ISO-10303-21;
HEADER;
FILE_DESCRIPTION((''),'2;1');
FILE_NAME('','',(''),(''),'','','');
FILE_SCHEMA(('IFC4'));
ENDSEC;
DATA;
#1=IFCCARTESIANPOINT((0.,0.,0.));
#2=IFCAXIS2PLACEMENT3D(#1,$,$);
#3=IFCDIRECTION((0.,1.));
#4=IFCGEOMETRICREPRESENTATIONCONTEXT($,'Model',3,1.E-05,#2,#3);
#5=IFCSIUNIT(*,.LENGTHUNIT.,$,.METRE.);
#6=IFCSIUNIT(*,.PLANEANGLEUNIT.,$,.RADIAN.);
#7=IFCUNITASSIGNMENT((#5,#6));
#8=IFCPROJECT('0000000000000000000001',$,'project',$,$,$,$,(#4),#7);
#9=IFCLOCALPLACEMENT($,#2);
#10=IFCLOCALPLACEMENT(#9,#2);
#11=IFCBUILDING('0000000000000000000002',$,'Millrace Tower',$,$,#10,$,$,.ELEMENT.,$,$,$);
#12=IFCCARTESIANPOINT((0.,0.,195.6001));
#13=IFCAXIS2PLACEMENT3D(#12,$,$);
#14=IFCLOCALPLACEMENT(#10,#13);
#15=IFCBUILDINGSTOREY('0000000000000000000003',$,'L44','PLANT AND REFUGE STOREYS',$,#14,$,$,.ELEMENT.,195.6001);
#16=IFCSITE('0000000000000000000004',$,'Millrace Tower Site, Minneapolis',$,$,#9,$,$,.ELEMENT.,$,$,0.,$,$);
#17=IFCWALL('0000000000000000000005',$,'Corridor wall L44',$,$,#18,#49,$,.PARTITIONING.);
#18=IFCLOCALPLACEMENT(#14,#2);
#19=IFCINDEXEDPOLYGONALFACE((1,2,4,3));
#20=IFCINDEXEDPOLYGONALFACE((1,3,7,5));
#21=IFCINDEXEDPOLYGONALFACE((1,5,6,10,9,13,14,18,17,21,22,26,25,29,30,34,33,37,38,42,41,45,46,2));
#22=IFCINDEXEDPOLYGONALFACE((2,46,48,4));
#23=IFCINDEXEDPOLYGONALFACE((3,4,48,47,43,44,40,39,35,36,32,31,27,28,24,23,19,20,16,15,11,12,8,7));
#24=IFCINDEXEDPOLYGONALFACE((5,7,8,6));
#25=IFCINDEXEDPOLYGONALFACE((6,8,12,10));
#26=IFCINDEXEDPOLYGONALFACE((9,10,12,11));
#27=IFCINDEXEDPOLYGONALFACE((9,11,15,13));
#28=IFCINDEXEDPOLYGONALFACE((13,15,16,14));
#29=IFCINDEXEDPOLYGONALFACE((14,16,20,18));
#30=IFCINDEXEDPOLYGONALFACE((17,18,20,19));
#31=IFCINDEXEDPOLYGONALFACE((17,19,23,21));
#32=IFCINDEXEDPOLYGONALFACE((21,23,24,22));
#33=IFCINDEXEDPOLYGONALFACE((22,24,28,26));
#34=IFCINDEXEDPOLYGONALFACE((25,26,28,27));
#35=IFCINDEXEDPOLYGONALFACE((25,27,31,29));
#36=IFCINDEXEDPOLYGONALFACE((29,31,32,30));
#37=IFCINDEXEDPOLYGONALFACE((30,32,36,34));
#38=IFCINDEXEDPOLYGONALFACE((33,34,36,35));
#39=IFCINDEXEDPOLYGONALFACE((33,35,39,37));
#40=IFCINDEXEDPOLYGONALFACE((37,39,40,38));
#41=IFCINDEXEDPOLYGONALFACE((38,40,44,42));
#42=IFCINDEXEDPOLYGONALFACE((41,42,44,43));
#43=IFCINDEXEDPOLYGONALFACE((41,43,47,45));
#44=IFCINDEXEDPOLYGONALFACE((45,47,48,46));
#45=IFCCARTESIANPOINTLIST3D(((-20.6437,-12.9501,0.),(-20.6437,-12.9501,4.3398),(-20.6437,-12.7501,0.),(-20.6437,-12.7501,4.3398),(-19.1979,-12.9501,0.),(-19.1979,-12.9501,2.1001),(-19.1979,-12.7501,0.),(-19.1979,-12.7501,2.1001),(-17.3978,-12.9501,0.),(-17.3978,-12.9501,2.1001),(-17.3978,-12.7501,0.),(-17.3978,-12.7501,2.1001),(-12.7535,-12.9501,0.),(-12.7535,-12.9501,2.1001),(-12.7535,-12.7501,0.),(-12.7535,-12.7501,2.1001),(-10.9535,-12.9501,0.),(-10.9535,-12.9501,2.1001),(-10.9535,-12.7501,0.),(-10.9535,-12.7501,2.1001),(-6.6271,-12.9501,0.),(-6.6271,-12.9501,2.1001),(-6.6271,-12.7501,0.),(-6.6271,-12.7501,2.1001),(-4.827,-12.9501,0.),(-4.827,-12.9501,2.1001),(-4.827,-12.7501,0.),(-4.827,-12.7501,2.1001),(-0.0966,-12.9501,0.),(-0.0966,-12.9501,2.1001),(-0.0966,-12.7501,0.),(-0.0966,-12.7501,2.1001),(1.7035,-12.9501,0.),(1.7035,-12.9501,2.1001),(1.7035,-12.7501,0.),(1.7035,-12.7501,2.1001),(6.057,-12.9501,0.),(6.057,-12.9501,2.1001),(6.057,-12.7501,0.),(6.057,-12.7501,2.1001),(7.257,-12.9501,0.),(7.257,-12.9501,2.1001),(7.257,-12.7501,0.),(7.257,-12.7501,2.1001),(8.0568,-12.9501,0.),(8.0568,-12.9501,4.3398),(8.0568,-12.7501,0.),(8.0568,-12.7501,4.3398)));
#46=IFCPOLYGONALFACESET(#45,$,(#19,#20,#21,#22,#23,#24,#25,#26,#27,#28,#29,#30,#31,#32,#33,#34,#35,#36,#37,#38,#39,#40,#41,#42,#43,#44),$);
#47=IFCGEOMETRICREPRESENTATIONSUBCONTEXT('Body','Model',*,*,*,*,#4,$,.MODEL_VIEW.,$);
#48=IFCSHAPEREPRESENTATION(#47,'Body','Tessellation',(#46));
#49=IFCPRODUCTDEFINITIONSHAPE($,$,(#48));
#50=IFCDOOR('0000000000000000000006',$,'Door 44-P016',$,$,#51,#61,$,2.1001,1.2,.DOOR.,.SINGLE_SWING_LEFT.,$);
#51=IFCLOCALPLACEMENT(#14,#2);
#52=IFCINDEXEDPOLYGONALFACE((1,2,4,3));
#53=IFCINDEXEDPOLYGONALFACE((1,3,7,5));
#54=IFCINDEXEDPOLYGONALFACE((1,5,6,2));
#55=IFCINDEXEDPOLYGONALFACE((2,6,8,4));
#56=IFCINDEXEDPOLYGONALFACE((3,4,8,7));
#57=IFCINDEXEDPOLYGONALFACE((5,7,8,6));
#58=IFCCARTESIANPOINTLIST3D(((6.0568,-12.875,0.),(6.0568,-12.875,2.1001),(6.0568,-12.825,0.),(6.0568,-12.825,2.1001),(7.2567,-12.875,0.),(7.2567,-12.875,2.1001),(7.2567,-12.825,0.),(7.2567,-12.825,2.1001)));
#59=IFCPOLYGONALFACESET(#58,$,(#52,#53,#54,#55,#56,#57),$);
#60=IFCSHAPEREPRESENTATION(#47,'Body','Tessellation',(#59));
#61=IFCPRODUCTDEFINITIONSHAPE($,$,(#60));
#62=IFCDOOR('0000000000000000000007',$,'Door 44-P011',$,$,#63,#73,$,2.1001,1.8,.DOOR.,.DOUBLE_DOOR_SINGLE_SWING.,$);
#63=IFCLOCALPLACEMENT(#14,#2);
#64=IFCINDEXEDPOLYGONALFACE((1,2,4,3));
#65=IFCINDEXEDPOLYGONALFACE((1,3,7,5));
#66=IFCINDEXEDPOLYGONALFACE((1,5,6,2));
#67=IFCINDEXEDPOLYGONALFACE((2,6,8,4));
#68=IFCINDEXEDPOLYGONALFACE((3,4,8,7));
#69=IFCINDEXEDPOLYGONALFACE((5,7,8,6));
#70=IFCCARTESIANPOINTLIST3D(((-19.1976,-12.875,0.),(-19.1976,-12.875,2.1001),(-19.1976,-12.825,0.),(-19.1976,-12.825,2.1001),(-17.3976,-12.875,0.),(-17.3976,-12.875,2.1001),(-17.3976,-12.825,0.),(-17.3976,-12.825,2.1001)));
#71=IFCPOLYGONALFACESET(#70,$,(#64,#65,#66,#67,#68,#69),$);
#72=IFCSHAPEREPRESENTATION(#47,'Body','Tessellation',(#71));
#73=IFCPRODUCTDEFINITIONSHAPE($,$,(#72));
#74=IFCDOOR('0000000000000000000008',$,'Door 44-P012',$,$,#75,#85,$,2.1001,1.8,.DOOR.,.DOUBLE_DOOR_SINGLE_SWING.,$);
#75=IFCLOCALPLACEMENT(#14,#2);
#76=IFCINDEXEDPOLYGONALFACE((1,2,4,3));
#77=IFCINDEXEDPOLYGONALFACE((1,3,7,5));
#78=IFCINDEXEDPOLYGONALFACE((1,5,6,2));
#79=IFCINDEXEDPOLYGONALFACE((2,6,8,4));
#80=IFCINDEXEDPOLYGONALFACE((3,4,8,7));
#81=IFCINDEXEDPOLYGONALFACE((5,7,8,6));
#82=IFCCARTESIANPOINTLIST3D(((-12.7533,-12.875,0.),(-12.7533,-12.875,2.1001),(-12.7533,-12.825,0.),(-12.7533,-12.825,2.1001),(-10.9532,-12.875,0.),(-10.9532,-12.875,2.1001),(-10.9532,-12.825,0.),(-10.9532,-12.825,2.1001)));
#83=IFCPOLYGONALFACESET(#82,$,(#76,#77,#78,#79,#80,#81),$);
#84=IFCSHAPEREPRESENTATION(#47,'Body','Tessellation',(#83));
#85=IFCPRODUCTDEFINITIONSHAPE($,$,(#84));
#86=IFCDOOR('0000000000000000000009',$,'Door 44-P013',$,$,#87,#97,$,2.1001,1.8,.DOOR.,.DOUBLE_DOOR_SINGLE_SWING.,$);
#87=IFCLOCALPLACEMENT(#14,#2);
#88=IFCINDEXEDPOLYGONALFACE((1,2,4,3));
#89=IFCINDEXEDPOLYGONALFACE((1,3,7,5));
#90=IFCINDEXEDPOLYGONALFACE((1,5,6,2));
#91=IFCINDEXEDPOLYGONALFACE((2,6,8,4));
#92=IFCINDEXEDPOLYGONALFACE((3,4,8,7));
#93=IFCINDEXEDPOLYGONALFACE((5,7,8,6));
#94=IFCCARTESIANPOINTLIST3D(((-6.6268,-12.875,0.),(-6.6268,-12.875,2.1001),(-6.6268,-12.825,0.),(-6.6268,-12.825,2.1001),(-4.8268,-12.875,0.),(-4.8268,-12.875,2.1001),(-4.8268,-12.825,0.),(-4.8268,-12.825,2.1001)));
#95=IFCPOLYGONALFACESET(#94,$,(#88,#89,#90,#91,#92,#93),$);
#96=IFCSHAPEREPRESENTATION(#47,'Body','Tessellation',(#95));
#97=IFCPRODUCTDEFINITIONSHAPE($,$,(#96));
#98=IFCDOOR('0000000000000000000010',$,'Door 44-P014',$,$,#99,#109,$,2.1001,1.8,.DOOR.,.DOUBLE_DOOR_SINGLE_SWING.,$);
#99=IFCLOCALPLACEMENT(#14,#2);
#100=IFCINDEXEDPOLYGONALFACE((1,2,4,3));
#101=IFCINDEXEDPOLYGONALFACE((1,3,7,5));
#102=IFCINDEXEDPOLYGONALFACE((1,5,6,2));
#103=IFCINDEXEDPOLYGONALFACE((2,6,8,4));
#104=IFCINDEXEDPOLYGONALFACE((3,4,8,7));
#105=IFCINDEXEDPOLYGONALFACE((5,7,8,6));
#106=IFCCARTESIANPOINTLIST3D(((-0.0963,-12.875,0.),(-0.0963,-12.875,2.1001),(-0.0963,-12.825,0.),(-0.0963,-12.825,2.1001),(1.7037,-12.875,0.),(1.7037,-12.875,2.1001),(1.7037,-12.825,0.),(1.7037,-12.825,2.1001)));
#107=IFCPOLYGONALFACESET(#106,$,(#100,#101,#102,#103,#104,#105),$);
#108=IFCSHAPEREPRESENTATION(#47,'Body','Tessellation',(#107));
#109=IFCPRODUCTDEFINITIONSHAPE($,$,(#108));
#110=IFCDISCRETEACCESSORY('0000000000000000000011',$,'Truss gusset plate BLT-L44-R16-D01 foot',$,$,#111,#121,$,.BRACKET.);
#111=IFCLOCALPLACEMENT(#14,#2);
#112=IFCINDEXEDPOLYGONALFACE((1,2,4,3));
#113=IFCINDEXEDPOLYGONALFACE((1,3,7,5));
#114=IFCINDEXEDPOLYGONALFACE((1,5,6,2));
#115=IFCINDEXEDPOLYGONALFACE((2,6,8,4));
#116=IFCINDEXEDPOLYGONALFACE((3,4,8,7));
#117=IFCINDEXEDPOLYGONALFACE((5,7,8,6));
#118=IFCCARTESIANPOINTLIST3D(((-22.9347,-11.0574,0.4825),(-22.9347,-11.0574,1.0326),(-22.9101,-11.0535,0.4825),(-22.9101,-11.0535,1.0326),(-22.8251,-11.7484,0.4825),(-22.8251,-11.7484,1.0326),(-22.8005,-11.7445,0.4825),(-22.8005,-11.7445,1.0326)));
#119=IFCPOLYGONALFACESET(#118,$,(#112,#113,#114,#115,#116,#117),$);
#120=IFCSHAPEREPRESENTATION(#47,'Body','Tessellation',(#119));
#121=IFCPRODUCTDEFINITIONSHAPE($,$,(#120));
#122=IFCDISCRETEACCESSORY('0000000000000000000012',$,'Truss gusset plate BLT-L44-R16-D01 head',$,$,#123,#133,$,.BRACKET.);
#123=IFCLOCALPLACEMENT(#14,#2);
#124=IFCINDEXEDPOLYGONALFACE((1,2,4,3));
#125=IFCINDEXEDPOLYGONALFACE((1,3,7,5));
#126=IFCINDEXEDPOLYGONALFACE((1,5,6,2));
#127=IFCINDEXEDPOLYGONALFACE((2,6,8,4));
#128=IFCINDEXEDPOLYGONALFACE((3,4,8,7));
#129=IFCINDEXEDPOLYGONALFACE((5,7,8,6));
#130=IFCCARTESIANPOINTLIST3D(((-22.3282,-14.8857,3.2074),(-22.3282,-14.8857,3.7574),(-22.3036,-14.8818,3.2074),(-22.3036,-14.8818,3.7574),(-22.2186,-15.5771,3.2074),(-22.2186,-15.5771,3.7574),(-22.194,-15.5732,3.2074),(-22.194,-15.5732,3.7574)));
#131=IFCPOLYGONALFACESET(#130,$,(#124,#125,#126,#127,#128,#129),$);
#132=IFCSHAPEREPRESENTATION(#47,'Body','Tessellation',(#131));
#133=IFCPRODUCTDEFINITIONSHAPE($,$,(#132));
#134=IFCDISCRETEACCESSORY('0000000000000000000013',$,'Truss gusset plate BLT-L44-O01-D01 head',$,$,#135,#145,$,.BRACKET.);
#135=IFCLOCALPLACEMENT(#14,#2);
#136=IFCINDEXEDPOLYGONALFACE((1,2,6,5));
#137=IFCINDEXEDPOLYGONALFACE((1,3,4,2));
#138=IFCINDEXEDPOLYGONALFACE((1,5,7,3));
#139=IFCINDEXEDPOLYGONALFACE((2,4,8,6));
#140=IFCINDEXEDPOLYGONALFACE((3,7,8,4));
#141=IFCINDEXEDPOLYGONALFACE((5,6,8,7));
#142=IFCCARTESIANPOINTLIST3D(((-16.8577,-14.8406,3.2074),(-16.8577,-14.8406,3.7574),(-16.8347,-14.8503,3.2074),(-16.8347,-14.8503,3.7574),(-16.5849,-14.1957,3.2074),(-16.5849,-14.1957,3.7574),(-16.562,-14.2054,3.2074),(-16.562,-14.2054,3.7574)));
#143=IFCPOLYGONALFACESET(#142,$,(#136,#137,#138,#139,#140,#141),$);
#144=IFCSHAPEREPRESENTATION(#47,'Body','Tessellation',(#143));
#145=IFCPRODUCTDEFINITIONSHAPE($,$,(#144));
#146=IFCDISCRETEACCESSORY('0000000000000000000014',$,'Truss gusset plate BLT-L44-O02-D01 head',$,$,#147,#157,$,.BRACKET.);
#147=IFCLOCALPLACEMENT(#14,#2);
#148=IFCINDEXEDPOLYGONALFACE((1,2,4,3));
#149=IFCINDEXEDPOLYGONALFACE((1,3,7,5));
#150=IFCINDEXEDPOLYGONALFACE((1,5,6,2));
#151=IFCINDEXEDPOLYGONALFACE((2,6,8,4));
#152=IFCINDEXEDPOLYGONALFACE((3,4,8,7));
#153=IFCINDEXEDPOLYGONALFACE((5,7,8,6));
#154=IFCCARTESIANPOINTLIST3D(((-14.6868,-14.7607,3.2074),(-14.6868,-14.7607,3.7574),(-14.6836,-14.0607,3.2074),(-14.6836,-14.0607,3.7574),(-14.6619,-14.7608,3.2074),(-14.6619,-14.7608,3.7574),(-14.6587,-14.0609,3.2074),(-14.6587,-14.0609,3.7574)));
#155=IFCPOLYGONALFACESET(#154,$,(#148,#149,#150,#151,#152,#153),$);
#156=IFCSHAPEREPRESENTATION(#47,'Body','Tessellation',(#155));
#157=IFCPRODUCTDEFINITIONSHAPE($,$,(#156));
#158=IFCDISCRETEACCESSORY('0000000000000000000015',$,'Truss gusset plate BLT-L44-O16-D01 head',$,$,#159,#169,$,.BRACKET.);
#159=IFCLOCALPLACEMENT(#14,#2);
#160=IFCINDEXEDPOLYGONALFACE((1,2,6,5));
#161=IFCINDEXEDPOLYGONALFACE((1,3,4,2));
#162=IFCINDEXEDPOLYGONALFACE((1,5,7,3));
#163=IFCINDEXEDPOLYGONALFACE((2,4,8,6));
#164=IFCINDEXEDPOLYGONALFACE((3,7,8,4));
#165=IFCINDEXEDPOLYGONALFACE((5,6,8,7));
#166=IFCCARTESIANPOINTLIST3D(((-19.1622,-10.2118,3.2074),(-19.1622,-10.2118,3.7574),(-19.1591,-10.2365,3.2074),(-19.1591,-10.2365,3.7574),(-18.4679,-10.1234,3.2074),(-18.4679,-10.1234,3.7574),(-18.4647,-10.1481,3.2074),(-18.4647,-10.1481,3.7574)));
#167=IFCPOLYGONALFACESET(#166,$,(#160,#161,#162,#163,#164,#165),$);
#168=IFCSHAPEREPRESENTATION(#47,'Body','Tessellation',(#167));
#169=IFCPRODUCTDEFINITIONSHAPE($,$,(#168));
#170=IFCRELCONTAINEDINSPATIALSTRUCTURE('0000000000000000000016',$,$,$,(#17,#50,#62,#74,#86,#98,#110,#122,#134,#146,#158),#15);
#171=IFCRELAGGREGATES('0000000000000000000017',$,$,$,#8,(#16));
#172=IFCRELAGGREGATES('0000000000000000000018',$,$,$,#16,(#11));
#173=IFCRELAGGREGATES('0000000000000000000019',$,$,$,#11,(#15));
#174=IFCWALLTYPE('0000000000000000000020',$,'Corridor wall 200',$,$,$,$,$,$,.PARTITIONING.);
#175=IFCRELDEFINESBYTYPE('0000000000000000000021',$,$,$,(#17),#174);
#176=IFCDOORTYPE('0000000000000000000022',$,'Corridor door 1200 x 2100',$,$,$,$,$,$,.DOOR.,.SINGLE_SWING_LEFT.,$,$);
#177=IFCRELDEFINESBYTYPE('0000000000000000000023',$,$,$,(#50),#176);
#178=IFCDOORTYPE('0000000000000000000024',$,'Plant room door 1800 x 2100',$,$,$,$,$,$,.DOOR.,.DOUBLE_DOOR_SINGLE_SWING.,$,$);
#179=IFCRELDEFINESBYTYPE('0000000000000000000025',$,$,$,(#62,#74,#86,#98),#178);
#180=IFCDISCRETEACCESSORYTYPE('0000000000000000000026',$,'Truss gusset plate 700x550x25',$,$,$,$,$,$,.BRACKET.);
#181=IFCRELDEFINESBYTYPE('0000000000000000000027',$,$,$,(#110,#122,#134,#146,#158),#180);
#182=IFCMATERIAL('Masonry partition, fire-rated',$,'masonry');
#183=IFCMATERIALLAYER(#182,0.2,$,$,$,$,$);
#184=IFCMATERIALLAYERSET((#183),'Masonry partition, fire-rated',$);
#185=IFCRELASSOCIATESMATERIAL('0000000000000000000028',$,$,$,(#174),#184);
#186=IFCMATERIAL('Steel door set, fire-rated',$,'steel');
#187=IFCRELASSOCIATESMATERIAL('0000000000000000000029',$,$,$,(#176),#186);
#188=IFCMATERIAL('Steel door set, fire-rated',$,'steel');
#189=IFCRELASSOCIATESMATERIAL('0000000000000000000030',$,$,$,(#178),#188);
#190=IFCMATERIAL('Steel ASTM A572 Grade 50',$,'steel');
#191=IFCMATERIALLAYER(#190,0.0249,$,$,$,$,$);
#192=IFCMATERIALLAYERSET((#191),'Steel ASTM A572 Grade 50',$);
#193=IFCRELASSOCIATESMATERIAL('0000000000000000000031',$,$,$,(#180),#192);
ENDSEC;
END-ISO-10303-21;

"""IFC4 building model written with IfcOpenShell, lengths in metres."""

from ifc_helpers import new_model, si_unit, direction, frame, frame_2d, origin, origin_2d, place, context, subcontext, project, spatial, rectangle, extrude, material, layer, layer_set, type_object, element, fill, save


model = new_model("IFC4")

# Units and contexts
model_context = context("Model", 3, precision=1e-05, world=origin(), true_north=direction((0.0, 1.0)))
body_context = subcontext(model_context, "Body", "Model", "MODEL_VIEW")
ifc_project = project(units=[si_unit("LENGTHUNIT", "METRE"), si_unit("PLANEANGLEUNIT", "RADIAN")], contexts=[model_context])

# Site, building, storey
site_placement = place(None, origin())
site = spatial("IfcSite", under=ifc_project, at=site_placement, Name="Millrace Tower Site, Minneapolis", CompositionType="ELEMENT", RefElevation=0.0)
building_placement = place(site_placement, origin())
building = spatial("IfcBuilding", under=site, at=building_placement, Name="Millrace Tower", CompositionType="ELEMENT")
storey_placement = place(building_placement, frame((0.0, 0.0, 195.6001)))
storey = spatial("IfcBuildingStorey", under=building, at=storey_placement, Name="L44", Description="PLANT AND REFUGE STOREYS", CompositionType="ELEMENT", Elevation=195.6001)

# Wall, openings, doors
ifc_material_1 = material(Name="Masonry partition, fire-rated", Category="masonry")
ifc_layer_1 = layer(ifc_material_1, 0.2)
ifc_layer_set_1 = layer_set([ifc_layer_1], Name="Masonry partition, fire-rated")
wall_type = type_object("IfcWallType", Name="Corridor wall 200", PredefinedType="PARTITIONING", material=ifc_layer_set_1)
wall_placement = place(storey_placement, frame((-20.6436, -12.8501, 0.0), z_axis=(0.0, 0.0, 1.0), x_axis=(1.0, 0.0, 0.0)))
wall = element("IfcWall", 1, at=wall_placement, inside=storey, type_object=wall_type, Name="Corridor wall L44", PredefinedType="PARTITIONING", context=body_context, shape_type="SweptSolid", body=[
    extrude(rectangle(XDim=28.7004, YDim=0.2, at=frame_2d((14.3501, 0.0))), origin(), (0.0, 0.0, 1.0), 4.3398),
])
opening_1_placement = place(wall_placement, frame((1.4458, 0.0, 0.0)))
opening_1 = element("IfcOpeningElement", 2, at=opening_1_placement, cuts=wall, PredefinedType="OPENING", context=body_context, shape_type="SweptSolid", body=[
    extrude(rectangle(XDim=1.8, YDim=2.1001, at=frame_2d((0.8999, 1.05))), frame((0.0, 0.1099, 0.0), z_axis=(0.0, -1.0, 0.0), x_axis=(1.0, 0.0, 0.0)), (0.0, 0.0, 1.0), 0.22),
])
opening_2_placement = place(wall_placement, frame((7.8901, 0.0, 0.0)))
opening_2 = element("IfcOpeningElement", 3, at=opening_2_placement, cuts=wall, PredefinedType="OPENING", context=body_context, shape_type="SweptSolid", body=[
    extrude(rectangle(XDim=1.8, YDim=2.1001, at=frame_2d((0.8999, 1.05))), frame((0.0, 0.1099, 0.0), z_axis=(0.0, -1.0, 0.0), x_axis=(1.0, 0.0, 0.0)), (0.0, 0.0, 1.0), 0.22),
])
opening_3_placement = place(wall_placement, frame((14.0166, 0.0, 0.0)))
opening_3 = element("IfcOpeningElement", 4, at=opening_3_placement, cuts=wall, PredefinedType="OPENING", context=body_context, shape_type="SweptSolid", body=[
    extrude(rectangle(XDim=1.8, YDim=2.1001, at=frame_2d((0.8999, 1.05))), frame((0.0, 0.1099, 0.0), z_axis=(0.0, -1.0, 0.0), x_axis=(1.0, 0.0, 0.0)), (0.0, 0.0, 1.0), 0.22),
])
opening_4_placement = place(wall_placement, frame((20.5471, 0.0, 0.0)))
opening_4 = element("IfcOpeningElement", 5, at=opening_4_placement, cuts=wall, PredefinedType="OPENING", context=body_context, shape_type="SweptSolid", body=[
    extrude(rectangle(XDim=1.8, YDim=2.1001, at=frame_2d((0.8999, 1.05))), frame((0.0, 0.1099, 0.0), z_axis=(0.0, -1.0, 0.0), x_axis=(1.0, 0.0, 0.0)), (0.0, 0.0, 1.0), 0.22),
])
opening_5_placement = place(wall_placement, frame((26.7004, 0.0, 0.0)))
opening_5 = element("IfcOpeningElement", 6, at=opening_5_placement, cuts=wall, PredefinedType="OPENING", context=body_context, shape_type="SweptSolid", body=[
    extrude(rectangle(XDim=1.2, YDim=2.1001, at=frame_2d((0.6001, 1.05))), frame((0.0, 0.1099, 0.0), z_axis=(0.0, -1.0, 0.0), x_axis=(1.0, 0.0, 0.0)), (0.0, 0.0, 1.0), 0.22),
])
ifc_material_2 = material(Name="Steel door set, fire-rated", Category="steel")
door_type_1 = type_object("IfcDoorType", Name="Corridor door 1200 x 2100", OperationType="SINGLE_SWING_LEFT", PredefinedType="DOOR", material=ifc_material_2)
door_1_placement = place(opening_5_placement, frame((1.2, 0.0, 0.0), z_axis=(0.0, 0.0, 1.0), x_axis=(-1.0, 0.0, 0.0)))
door_1 = element("IfcDoor", 7, at=door_1_placement, inside=storey, type_object=door_type_1, Name="Door 44-P016", OperationType="SINGLE_SWING_LEFT", OverallHeight=2.1001, OverallWidth=1.2, PredefinedType="DOOR", context=body_context, shape_type="SweptSolid", body=[
    extrude(rectangle(XDim=1.2, YDim=2.1001, at=frame_2d((0.6001, 1.05))), frame((0.0, 0.0249, 0.0), z_axis=(0.0, -1.0, 0.0), x_axis=(1.0, 0.0, 0.0)), (0.0, 0.0, 1.0), 0.05),
])
fill(opening_5, door_1)
ifc_material_3 = material(Name="Steel door set, fire-rated", Category="steel")
door_type_2 = type_object("IfcDoorType", Name="Plant room door 1800 x 2100", OperationType="DOUBLE_DOOR_SINGLE_SWING", PredefinedType="DOOR", material=ifc_material_3)
door_2_placement = place(opening_1_placement, frame((1.8, 0.0, 0.0), z_axis=(0.0, 0.0, 1.0), x_axis=(-1.0, 0.0, 0.0)))
door_2 = element("IfcDoor", 8, at=door_2_placement, inside=storey, type_object=door_type_2, Name="Door 44-P011", OperationType="DOUBLE_DOOR_SINGLE_SWING", OverallHeight=2.1001, OverallWidth=1.8, PredefinedType="DOOR", context=body_context, shape_type="SweptSolid", body=[
    extrude(rectangle(XDim=1.8, YDim=2.1001, at=frame_2d((0.8999, 1.05))), frame((0.0, 0.0249, 0.0), z_axis=(0.0, -1.0, 0.0), x_axis=(1.0, 0.0, 0.0)), (0.0, 0.0, 1.0), 0.05),
])
fill(opening_1, door_2)
door_3_placement = place(opening_2_placement, frame((1.8, 0.0, 0.0), z_axis=(0.0, 0.0, 1.0), x_axis=(-1.0, 0.0, 0.0)))
door_3 = element("IfcDoor", 9, at=door_3_placement, inside=storey, type_object=door_type_2, Name="Door 44-P012", OperationType="DOUBLE_DOOR_SINGLE_SWING", OverallHeight=2.1001, OverallWidth=1.8, PredefinedType="DOOR", context=body_context, shape_type="SweptSolid", body=[
    extrude(rectangle(XDim=1.8, YDim=2.1001, at=frame_2d((0.8999, 1.05))), frame((0.0, 0.0249, 0.0), z_axis=(0.0, -1.0, 0.0), x_axis=(1.0, 0.0, 0.0)), (0.0, 0.0, 1.0), 0.05),
])
fill(opening_2, door_3)
door_4_placement = place(opening_3_placement, frame((1.8, 0.0, 0.0), z_axis=(0.0, 0.0, 1.0), x_axis=(-1.0, 0.0, 0.0)))
door_4 = element("IfcDoor", 10, at=door_4_placement, inside=storey, type_object=door_type_2, Name="Door 44-P013", OperationType="DOUBLE_DOOR_SINGLE_SWING", OverallHeight=2.1001, OverallWidth=1.8, PredefinedType="DOOR", context=body_context, shape_type="SweptSolid", body=[
    extrude(rectangle(XDim=1.8, YDim=2.1001, at=frame_2d((0.8999, 1.05))), frame((0.0, 0.0249, 0.0), z_axis=(0.0, -1.0, 0.0), x_axis=(1.0, 0.0, 0.0)), (0.0, 0.0, 1.0), 0.05),
])
fill(opening_3, door_4)
door_5_placement = place(opening_4_placement, frame((1.8, 0.0, 0.0), z_axis=(0.0, 0.0, 1.0), x_axis=(-1.0, 0.0, 0.0)))
door_5 = element("IfcDoor", 11, at=door_5_placement, inside=storey, type_object=door_type_2, Name="Door 44-P014", OperationType="DOUBLE_DOOR_SINGLE_SWING", OverallHeight=2.1001, OverallWidth=1.8, PredefinedType="DOOR", context=body_context, shape_type="SweptSolid", body=[
    extrude(rectangle(XDim=1.8, YDim=2.1001, at=frame_2d((0.8999, 1.05))), frame((0.0, 0.0249, 0.0), z_axis=(0.0, -1.0, 0.0), x_axis=(1.0, 0.0, 0.0)), (0.0, 0.0, 1.0), 0.05),
])
fill(opening_4, door_5)

# Discrete accessories
ifc_material_4 = material(Name="Steel ASTM A572 Grade 50", Category="steel")
ifc_layer_2 = layer(ifc_material_4, 0.0249)
ifc_layer_set_2 = layer_set([ifc_layer_2], Name="Steel ASTM A572 Grade 50")
discrete_accessory_type = type_object("IfcDiscreteAccessoryType", Name="Truss gusset plate 700x550x25", PredefinedType="BRACKET", material=ifc_layer_set_2)
discrete_accessory_1_placement = place(storey_placement, frame((-22.9224, -11.0554, 0.7576), z_axis=(0.156643, -0.987655, 0.0), x_axis=(0.987655, 0.156643, 0.0)))
element("IfcDiscreteAccessory", 12, at=discrete_accessory_1_placement, inside=storey, type_object=discrete_accessory_type, Name="Truss gusset plate BLT-L44-R16-D01 foot", PredefinedType="BRACKET", context=body_context, shape_type="SweptSolid", body=[
    extrude(rectangle(XDim=0.0249, YDim=0.55, at=origin_2d()), origin(), (0.0, 0.0, 1.0), 0.6997),
])
discrete_accessory_2_placement = place(storey_placement, frame((-22.3159, -14.8838, 3.4824), z_axis=(0.156589, -0.987664, 0.0), x_axis=(0.987664, 0.156589, 0.0)))
element("IfcDiscreteAccessory", 13, at=discrete_accessory_2_placement, inside=storey, type_object=discrete_accessory_type, Name="Truss gusset plate BLT-L44-R16-D01 head", PredefinedType="BRACKET", context=body_context, shape_type="SweptSolid", body=[
    extrude(rectangle(XDim=0.0249, YDim=0.55, at=origin_2d()), origin(), (0.0, 0.0, 1.0), 0.7),
])
discrete_accessory_3_placement = place(storey_placement, frame((-16.8462, -14.8455, 3.4824), z_axis=(0.389538, 0.921011, 0.0), x_axis=(-0.921011, 0.389538, 0.0)))
element("IfcDiscreteAccessory", 14, at=discrete_accessory_3_placement, inside=storey, type_object=discrete_accessory_type, Name="Truss gusset plate BLT-L44-O01-D01 head", PredefinedType="BRACKET", context=body_context, shape_type="SweptSolid", body=[
    extrude(rectangle(XDim=0.0249, YDim=0.55, at=origin_2d()), origin(), (0.0, 0.0, 1.0), 0.7002),
])
for number, where, z_axis, x_axis, name in (
    (15, (-14.6743, -14.7607, 3.4824), (0.004534, 0.99999, 0.0), (-0.99999, 0.004534, 0.0), "Truss gusset plate BLT-L44-O02-D01 head"),
    (16, (-19.1606, -10.2241, 3.4824), (0.991996, 0.126267, 0.0), (-0.126267, 0.991996, 0.0), "Truss gusset plate BLT-L44-O16-D01 head"),
):
    element("IfcDiscreteAccessory", number, at=place(storey_placement, frame(where, z_axis=z_axis, x_axis=x_axis)), inside=storey, type_object=discrete_accessory_type, Name=name, PredefinedType="BRACKET", context=body_context, shape_type="SweptSolid", body=[
        extrude(rectangle(XDim=0.0249, YDim=0.55, at=origin_2d()), origin(), (0.0, 0.0, 1.0), 0.7),
    ])

save(model, "model.ifc")
